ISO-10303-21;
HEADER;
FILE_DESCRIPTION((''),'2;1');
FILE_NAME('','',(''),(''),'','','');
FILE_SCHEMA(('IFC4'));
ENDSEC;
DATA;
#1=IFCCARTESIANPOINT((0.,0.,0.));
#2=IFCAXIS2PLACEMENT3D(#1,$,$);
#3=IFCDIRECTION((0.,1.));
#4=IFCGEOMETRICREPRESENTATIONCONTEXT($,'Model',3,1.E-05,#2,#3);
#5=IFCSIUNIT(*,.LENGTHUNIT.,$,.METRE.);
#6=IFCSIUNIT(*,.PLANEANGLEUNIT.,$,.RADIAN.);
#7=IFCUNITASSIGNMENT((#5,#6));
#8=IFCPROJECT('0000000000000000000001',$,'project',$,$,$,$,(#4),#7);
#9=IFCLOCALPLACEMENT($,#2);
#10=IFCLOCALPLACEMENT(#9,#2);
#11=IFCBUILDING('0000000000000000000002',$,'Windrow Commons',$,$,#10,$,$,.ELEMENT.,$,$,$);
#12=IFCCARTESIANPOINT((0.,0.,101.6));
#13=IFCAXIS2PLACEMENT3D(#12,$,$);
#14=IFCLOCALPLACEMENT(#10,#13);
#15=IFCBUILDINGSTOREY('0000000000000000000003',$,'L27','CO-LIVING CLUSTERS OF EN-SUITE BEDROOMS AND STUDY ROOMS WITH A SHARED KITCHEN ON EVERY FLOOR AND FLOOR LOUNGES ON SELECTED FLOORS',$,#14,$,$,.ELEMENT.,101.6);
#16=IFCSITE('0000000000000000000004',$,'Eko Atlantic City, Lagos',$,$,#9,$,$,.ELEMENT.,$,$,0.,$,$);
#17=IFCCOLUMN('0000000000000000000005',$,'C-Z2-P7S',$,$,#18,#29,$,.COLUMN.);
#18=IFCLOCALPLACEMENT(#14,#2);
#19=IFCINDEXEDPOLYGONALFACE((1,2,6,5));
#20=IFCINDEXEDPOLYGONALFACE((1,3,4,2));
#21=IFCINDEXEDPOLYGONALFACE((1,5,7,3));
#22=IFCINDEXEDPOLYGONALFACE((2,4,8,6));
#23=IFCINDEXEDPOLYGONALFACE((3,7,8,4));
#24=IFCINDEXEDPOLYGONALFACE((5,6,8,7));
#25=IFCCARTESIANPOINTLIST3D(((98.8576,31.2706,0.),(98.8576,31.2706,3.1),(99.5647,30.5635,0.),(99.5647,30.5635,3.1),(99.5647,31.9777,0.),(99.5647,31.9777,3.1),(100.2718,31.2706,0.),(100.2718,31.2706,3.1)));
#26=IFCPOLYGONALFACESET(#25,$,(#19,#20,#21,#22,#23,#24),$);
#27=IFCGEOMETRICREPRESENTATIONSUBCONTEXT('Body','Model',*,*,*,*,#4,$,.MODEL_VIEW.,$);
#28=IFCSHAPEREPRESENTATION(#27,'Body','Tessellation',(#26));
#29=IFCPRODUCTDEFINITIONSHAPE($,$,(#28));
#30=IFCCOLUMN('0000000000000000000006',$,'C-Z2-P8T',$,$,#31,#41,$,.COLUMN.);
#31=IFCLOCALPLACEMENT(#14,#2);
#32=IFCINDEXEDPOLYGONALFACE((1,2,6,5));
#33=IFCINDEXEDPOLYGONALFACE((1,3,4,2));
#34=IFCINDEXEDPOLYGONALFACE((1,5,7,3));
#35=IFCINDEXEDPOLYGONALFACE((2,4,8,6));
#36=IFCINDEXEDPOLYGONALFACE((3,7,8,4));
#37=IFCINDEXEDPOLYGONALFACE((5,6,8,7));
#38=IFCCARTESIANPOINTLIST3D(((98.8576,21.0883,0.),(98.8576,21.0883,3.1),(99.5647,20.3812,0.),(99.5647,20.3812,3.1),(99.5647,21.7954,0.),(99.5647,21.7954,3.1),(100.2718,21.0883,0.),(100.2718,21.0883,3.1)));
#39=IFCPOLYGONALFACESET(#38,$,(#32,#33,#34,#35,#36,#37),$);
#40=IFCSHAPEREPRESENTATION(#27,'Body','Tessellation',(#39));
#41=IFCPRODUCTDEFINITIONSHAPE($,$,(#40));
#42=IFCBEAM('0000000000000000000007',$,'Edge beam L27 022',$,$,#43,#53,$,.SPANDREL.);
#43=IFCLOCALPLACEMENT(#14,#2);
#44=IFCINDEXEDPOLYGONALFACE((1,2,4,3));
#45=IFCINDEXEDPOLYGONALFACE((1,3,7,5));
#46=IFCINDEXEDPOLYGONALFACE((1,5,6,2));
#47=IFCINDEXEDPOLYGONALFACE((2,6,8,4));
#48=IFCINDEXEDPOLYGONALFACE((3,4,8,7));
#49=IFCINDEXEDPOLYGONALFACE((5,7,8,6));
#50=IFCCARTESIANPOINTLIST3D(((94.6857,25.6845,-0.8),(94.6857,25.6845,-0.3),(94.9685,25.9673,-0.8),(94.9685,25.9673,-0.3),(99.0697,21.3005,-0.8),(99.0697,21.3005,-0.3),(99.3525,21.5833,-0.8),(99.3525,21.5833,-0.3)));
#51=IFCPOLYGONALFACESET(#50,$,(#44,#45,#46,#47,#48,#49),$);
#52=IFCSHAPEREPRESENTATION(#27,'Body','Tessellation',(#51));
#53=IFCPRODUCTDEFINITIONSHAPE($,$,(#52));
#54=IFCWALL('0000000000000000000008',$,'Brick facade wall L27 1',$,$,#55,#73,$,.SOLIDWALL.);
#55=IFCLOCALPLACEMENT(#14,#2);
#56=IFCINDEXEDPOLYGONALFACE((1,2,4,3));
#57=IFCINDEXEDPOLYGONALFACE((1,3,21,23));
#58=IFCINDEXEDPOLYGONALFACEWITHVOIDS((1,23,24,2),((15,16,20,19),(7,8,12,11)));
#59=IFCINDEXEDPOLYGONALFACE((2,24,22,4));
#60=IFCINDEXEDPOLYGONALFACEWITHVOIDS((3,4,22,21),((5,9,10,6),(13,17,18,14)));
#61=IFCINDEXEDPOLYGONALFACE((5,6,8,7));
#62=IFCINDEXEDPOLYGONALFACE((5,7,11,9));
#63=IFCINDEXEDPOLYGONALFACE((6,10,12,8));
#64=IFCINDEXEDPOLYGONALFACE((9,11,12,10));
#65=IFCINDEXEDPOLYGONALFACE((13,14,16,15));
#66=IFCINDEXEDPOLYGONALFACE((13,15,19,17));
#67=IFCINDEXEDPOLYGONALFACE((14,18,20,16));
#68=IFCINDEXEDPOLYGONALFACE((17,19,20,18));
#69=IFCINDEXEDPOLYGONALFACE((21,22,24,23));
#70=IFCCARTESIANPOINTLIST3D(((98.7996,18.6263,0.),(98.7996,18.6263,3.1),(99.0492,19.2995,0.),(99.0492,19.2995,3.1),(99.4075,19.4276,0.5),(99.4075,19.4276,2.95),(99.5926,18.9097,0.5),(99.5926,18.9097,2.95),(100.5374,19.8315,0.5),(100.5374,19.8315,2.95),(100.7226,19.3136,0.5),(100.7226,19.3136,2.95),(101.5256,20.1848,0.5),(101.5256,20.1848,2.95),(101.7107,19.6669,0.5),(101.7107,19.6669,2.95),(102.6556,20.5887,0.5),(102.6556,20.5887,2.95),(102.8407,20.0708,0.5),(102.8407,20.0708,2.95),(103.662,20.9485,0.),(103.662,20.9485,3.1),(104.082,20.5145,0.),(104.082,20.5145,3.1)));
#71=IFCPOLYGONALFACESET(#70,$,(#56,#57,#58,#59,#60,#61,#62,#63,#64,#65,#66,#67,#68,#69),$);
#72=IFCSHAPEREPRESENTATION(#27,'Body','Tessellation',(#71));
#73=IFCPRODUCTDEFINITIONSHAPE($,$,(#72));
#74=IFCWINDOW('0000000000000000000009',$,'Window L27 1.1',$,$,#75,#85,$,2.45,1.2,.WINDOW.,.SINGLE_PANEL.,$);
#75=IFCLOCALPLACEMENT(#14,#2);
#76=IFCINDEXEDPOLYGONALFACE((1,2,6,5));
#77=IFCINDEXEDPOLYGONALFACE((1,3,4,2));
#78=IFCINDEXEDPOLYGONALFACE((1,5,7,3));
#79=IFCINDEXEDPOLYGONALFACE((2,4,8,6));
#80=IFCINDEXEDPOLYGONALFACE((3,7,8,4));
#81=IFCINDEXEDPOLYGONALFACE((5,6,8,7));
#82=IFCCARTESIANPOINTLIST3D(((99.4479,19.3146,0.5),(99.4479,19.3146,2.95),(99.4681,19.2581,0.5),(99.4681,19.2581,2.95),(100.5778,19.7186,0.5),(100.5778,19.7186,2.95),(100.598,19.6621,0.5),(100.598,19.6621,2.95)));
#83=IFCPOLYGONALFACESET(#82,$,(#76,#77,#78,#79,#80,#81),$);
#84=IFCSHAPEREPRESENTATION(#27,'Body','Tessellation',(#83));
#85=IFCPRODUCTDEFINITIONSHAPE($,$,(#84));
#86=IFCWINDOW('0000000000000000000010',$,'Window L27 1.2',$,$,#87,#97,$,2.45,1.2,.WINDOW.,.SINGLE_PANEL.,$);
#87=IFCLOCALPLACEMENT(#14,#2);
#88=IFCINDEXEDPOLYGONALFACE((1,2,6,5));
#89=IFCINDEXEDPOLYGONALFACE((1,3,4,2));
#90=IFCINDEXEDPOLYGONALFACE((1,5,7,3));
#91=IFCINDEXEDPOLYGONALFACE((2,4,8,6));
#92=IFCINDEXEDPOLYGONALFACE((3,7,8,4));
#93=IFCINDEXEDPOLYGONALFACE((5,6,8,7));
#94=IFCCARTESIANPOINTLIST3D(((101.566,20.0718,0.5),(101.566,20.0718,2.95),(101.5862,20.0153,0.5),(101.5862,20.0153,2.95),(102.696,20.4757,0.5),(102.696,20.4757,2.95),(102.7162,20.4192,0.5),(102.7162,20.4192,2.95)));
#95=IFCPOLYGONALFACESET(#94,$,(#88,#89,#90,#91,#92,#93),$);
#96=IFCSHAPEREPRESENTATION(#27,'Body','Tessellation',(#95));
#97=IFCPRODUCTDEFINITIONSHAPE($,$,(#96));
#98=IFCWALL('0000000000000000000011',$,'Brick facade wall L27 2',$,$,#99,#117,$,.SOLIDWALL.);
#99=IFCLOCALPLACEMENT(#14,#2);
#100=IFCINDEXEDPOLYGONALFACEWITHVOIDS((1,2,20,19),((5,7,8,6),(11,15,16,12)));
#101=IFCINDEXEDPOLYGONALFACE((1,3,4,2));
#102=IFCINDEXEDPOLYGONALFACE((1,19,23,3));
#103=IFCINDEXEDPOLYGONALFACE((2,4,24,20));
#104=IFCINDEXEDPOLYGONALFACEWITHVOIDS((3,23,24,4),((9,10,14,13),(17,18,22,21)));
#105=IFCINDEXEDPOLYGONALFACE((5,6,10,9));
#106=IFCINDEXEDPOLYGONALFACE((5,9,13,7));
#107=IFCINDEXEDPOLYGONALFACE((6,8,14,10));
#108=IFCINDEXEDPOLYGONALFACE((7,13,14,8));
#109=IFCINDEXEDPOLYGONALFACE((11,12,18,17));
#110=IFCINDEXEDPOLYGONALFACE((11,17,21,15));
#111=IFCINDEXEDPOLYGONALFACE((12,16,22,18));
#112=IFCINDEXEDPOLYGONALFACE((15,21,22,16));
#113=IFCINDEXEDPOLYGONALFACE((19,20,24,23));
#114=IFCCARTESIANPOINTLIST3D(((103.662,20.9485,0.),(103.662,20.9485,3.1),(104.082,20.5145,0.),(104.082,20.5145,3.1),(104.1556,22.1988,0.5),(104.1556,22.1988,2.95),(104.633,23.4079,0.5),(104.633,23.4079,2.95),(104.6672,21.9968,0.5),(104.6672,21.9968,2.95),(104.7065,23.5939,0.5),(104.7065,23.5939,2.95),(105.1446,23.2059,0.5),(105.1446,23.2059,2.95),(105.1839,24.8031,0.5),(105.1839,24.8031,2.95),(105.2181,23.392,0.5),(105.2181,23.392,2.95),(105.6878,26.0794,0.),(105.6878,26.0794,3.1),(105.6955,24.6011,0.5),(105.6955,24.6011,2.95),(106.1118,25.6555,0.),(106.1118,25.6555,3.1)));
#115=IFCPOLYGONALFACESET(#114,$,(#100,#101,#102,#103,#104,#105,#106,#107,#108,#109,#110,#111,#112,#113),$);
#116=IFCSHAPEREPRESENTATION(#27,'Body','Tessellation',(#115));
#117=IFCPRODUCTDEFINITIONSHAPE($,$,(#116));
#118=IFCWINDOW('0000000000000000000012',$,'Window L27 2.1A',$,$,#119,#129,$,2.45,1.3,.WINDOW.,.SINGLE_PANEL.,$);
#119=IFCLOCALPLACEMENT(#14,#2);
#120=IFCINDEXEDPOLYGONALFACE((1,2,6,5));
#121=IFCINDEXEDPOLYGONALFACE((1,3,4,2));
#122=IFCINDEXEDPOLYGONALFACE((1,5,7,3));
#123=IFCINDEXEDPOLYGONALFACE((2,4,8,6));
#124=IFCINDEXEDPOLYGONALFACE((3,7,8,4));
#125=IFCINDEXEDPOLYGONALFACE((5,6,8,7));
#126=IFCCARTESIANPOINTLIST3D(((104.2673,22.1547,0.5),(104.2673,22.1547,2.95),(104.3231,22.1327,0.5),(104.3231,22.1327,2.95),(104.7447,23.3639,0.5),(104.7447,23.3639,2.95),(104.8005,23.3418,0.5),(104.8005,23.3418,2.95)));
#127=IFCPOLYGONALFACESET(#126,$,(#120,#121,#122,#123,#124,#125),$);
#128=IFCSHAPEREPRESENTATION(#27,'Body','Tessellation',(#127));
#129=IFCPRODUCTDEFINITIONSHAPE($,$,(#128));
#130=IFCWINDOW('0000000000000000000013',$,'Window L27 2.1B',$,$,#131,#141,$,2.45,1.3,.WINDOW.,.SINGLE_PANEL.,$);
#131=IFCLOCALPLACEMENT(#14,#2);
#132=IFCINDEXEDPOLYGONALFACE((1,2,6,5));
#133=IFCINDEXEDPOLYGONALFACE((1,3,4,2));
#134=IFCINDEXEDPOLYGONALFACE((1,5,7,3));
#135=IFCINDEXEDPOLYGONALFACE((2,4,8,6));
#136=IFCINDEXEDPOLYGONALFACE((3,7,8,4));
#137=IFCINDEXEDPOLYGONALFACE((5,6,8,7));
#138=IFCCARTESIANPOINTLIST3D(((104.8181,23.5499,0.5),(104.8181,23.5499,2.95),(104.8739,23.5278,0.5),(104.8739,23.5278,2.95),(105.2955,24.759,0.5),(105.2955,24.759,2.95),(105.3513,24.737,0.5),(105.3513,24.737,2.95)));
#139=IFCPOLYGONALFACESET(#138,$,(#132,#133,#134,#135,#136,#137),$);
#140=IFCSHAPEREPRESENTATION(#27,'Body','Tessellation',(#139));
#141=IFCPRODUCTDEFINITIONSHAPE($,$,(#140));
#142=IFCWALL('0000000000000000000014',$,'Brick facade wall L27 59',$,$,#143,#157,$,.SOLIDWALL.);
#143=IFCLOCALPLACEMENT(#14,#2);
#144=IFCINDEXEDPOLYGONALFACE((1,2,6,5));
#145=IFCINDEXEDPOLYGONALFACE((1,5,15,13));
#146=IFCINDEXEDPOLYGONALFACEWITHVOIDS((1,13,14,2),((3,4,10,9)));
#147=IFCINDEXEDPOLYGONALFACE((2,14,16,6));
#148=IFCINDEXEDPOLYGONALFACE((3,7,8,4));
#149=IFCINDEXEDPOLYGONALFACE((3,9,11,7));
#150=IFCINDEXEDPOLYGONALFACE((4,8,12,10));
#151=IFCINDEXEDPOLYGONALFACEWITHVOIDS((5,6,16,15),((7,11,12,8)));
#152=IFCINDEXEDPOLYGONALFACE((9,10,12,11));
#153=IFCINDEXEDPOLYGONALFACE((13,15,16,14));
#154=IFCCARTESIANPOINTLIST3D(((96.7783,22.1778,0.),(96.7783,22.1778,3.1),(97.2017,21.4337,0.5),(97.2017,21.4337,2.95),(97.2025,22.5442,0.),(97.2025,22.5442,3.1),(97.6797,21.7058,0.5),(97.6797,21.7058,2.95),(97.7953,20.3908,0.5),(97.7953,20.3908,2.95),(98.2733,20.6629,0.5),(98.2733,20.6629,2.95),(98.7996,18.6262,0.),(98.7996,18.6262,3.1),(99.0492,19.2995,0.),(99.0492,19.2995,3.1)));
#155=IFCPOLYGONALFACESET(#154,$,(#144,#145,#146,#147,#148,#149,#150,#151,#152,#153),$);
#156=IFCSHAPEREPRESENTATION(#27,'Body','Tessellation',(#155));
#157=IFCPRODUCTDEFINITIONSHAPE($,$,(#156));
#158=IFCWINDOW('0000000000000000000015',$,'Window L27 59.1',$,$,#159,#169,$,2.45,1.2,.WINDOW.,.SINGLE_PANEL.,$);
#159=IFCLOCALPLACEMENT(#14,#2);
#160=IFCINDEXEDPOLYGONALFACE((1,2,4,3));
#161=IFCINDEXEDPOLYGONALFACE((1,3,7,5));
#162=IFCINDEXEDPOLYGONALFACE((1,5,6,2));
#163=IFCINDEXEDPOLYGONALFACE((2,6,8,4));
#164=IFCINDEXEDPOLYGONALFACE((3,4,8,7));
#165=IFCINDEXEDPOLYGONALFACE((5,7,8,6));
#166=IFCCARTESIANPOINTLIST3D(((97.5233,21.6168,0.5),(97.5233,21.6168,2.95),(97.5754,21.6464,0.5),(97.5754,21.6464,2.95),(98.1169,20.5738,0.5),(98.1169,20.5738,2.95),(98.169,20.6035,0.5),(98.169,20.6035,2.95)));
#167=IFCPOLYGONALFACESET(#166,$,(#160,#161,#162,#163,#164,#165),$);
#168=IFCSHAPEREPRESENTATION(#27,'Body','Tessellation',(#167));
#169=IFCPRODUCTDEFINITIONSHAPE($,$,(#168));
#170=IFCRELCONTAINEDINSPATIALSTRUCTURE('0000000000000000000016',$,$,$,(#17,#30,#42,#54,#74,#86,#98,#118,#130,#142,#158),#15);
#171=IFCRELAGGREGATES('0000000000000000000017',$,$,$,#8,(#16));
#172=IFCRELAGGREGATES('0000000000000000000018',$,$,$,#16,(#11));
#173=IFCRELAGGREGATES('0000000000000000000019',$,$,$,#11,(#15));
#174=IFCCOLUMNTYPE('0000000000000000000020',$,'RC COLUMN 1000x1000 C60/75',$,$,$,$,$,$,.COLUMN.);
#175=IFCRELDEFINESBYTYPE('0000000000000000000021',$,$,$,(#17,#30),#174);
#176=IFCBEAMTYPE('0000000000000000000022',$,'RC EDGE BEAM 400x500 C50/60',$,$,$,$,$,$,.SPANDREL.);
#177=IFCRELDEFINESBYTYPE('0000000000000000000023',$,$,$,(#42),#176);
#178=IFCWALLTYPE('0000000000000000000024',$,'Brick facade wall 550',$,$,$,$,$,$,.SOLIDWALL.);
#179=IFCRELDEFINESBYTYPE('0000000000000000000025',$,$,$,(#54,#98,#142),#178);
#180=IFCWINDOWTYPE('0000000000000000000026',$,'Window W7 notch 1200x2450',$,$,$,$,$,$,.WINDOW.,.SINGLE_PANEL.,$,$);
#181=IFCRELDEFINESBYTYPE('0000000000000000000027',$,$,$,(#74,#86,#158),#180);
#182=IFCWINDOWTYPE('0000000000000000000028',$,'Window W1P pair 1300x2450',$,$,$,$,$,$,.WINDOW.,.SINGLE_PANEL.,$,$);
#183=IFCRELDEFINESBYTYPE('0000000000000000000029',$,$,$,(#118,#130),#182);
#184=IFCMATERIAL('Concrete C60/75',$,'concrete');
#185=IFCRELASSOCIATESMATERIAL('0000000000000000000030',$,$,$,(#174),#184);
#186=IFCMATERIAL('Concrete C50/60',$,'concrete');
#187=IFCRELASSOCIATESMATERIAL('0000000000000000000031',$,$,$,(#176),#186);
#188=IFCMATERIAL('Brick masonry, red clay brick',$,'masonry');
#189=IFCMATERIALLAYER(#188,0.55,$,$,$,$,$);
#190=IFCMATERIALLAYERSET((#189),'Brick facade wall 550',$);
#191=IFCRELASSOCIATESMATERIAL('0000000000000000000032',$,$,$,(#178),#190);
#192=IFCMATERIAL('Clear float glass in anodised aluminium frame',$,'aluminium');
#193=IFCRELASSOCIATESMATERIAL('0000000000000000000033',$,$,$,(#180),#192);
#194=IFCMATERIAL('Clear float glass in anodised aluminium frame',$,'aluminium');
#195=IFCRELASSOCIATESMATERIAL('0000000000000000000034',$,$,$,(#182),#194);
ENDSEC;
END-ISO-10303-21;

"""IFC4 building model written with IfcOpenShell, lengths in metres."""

from ifc_helpers import new_model, si_unit, direction, frame, frame_2d, origin, origin_2d, place, context, subcontext, project, spatial, polyline, rectangle, outline, extrude, material, layer, layer_set, material_profile, profile_set, type_object, element, fill, save


model = new_model("IFC4")

# Units and contexts
model_context = context("Model", 3, precision=1e-05, world=origin(), true_north=direction((0.0, 1.0)))
body_context = subcontext(model_context, "Body", "Model", "MODEL_VIEW")
ifc_project = project(units=[si_unit("LENGTHUNIT", "METRE"), si_unit("PLANEANGLEUNIT", "RADIAN")], contexts=[model_context])

# Site, building, storey
site_placement = place(None, origin())
site = spatial("IfcSite", under=ifc_project, at=site_placement, Name="Eko Atlantic City, Lagos", CompositionType="ELEMENT", RefElevation=0.0)
building_placement = place(site_placement, origin())
building = spatial("IfcBuilding", under=site, at=building_placement, Name="Windrow Commons", CompositionType="ELEMENT")
storey_placement = place(building_placement, frame((0.0, 0.0, 101.6)))
storey = spatial("IfcBuildingStorey", under=building, at=storey_placement, Name="L27", Description="CO-LIVING CLUSTERS OF EN-SUITE BEDROOMS AND STUDY ROOMS WITH A SHARED KITCHEN ON EVERY FLOOR AND FLOOR LOUNGES ON SELECTED FLOORS", CompositionType="ELEMENT", Elevation=101.6)

# Columns
ifc_material_1 = material(Name="Concrete C60/75", Category="concrete")
ifc_material_profile_1 = material_profile(ifc_material_1, rectangle(XDim=1.0, YDim=1.0, at=origin_2d()))
ifc_profile_set_1 = profile_set([ifc_material_profile_1], Name="Concrete C60/75")
column_type = type_object("IfcColumnType", Name="RC COLUMN 1000x1000 C60/75", PredefinedType="COLUMN", material=ifc_profile_set_1)
for number, where, z_axis, x_axis, name in (
    (1, (99.5647, 31.2706, 0.0), (0.0, 0.0, 1.0), (0.707107, -0.707107, 0.0), "C-Z2-P7S"),
    (2, (99.5647, 21.0883, 0.0), (0.0, 0.0, 1.0), (0.707107, -0.707107, 0.0), "C-Z2-P8T"),
):
    element("IfcColumn", number, at=place(storey_placement, frame(where, z_axis=z_axis, x_axis=x_axis)), inside=storey, type_object=column_type, Name=name, PredefinedType="COLUMN", context=body_context, shape_type="SweptSolid", body=[
        extrude(rectangle(XDim=1.0, YDim=1.0, at=origin_2d()), origin(), (0.0, 0.0, 1.0), 3.1),
    ])

# Beam
ifc_material_2 = material(Name="Concrete C50/60", Category="concrete")
ifc_material_profile_2 = material_profile(ifc_material_2, rectangle(XDim=0.4, YDim=0.5, at=origin_2d()))
ifc_profile_set_2 = profile_set([ifc_material_profile_2], Name="Concrete C50/60")
beam_type = type_object("IfcBeamType", Name="RC EDGE BEAM 400x500 C50/60", PredefinedType="SPANDREL", material=ifc_profile_set_2)
beam_placement = place(storey_placement, frame((99.2111, 21.4419, -0.55), z_axis=(-0.707107, 0.707107, 0.0), x_axis=(-0.707107, -0.707107, 0.0)))
element("IfcBeam", 3, at=beam_placement, inside=storey, type_object=beam_type, Name="Edge beam L27 022", PredefinedType="SPANDREL", context=body_context, shape_type="SweptSolid", body=[
    extrude(rectangle(XDim=0.4, YDim=0.5, at=origin_2d()), origin(), (0.0, 0.0, 1.0), 6.1999),
])

# Walls, openings, windows
ifc_material_3 = material(Name="Brick masonry, red clay brick", Category="masonry")
ifc_layer_1 = layer(ifc_material_3, 0.55)
ifc_layer_set_1 = layer_set([ifc_layer_1], Name="Brick facade wall 550")
wall_type_1 = type_object("IfcWallType", Name="Brick facade wall 550", PredefinedType="SOLIDWALL", material=ifc_layer_set_1)
wall_1_placement = place(storey_placement, frame((98.9244, 18.9629, 0.0), z_axis=(0.0, 0.0, 1.0), x_axis=(0.941645, 0.336606, 0.0)))
wall_1 = element("IfcWall", 4, at=wall_1_placement, inside=storey, type_object=wall_type_1, Name="Brick facade wall L27 1", PredefinedType="SOLIDWALL", context=body_context, shape_type="SweptSolid", body=[
    extrude(outline(polyline([(-0.2308, -0.275), (5.3789, -0.275), (5.1295, 0.275), (0.2308, 0.275), (-0.2308, -0.275)])), origin(), (0.0, 0.0, 1.0), 3.1),
])
opening_1_placement = place(wall_1_placement, frame((0.6113, 0.0, 0.5)))
opening_1 = element("IfcOpeningElement", 5, at=opening_1_placement, cuts=wall_1, PredefinedType="OPENING", context=body_context, shape_type="SweptSolid", body=[
    extrude(rectangle(XDim=1.2, YDim=2.45, at=frame_2d((0.6, 1.225))), frame((0.0, 0.285, 0.0), z_axis=(0.0, -1.0, 0.0), x_axis=(1.0, 0.0, 0.0)), (0.0, 0.0, 1.0), 0.57),
])
opening_2_placement = place(wall_1_placement, frame((2.8607, 0.0, 0.5)))
opening_2 = element("IfcOpeningElement", 6, at=opening_2_placement, cuts=wall_1, PredefinedType="OPENING", context=body_context, shape_type="SweptSolid", body=[
    extrude(rectangle(XDim=1.2, YDim=2.45, at=frame_2d((0.6, 1.225))), frame((0.0, 0.285, 0.0), z_axis=(0.0, -1.0, 0.0), x_axis=(1.0, 0.0, 0.0)), (0.0, 0.0, 1.0), 0.57),
])
ifc_material_4 = material(Name="Clear float glass in anodised aluminium frame", Category="aluminium")
window_type_1 = type_object("IfcWindowType", Name="Window W7 notch 1200x2450", PartitioningType="SINGLE_PANEL", PredefinedType="WINDOW", material=ifc_material_4)
window_1_placement = place(opening_1_placement, origin())
window_1 = element("IfcWindow", 7, at=window_1_placement, inside=storey, type_object=window_type_1, Name="Window L27 1.1", OverallHeight=2.45, OverallWidth=1.2, PartitioningType="SINGLE_PANEL", PredefinedType="WINDOW", context=body_context, shape_type="SweptSolid", body=[
    extrude(rectangle(XDim=1.2, YDim=2.45, at=frame_2d((0.6, 1.225))), frame((0.0, 0.155, 0.0), z_axis=(0.0, -1.0, 0.0), x_axis=(1.0, 0.0, 0.0)), (0.0, 0.0, 1.0), 0.06),
])
fill(opening_1, window_1)
window_2_placement = place(opening_2_placement, origin())
window_2 = element("IfcWindow", 8, at=window_2_placement, inside=storey, type_object=window_type_1, Name="Window L27 1.2", OverallHeight=2.45, OverallWidth=1.2, PartitioningType="SINGLE_PANEL", PredefinedType="WINDOW", context=body_context, shape_type="SweptSolid", body=[
    extrude(rectangle(XDim=1.2, YDim=2.45, at=frame_2d((0.6, 1.225))), frame((0.0, 0.155, 0.0), z_axis=(0.0, -1.0, 0.0), x_axis=(1.0, 0.0, 0.0)), (0.0, 0.0, 1.0), 0.06),
])
fill(opening_2, window_2)
wall_2_placement = place(storey_placement, frame((103.872, 20.7315, 0.0), z_axis=(0.0, 0.0, 1.0), x_axis=(0.367234, 0.930129, 0.0)))
wall_2 = element("IfcWall", 9, at=wall_2_placement, inside=storey, type_object=wall_type_1, Name="Brick facade wall L27 2", PredefinedType="SOLIDWALL", context=body_context, shape_type="SweptSolid", body=[
    extrude(outline(polyline([(-0.1247, -0.275), (5.4025, -0.275), (5.6411, 0.275), (0.1247, 0.275), (-0.1247, -0.275)])), origin(), (0.0, 0.0, 1.0), 3.1),
])
opening_3_placement = place(wall_2_placement, frame((1.4689, 0.0, 0.5)))
opening_3 = element("IfcOpeningElement", 10, at=opening_3_placement, cuts=wall_2, PredefinedType="OPENING", context=body_context, shape_type="SweptSolid", body=[
    extrude(rectangle(XDim=1.3, YDim=2.45, at=frame_2d((0.65, 1.225))), frame((0.0, 0.285, 0.0), z_axis=(0.0, -1.0, 0.0), x_axis=(1.0, 0.0, 0.0)), (0.0, 0.0, 1.0), 0.57),
])
opening_4_placement = place(wall_2_placement, frame((2.9689, 0.0, 0.5)))
opening_4 = element("IfcOpeningElement", 11, at=opening_4_placement, cuts=wall_2, PredefinedType="OPENING", context=body_context, shape_type="SweptSolid", body=[
    extrude(rectangle(XDim=1.3, YDim=2.45, at=frame_2d((0.65, 1.225))), frame((0.0, 0.285, 0.0), z_axis=(0.0, -1.0, 0.0), x_axis=(1.0, 0.0, 0.0)), (0.0, 0.0, 1.0), 0.57),
])
ifc_material_5 = material(Name="Clear float glass in anodised aluminium frame", Category="aluminium")
window_type_2 = type_object("IfcWindowType", Name="Window W1P pair 1300x2450", PartitioningType="SINGLE_PANEL", PredefinedType="WINDOW", material=ifc_material_5)
window_3_placement = place(opening_3_placement, origin())
window_3 = element("IfcWindow", 12, at=window_3_placement, inside=storey, type_object=window_type_2, Name="Window L27 2.1A", OverallHeight=2.45, OverallWidth=1.3, PartitioningType="SINGLE_PANEL", PredefinedType="WINDOW", context=body_context, shape_type="SweptSolid", body=[
    extrude(rectangle(XDim=1.3, YDim=2.45, at=frame_2d((0.65, 1.225))), frame((0.0, 0.155, 0.0), z_axis=(0.0, -1.0, 0.0), x_axis=(1.0, 0.0, 0.0)), (0.0, 0.0, 1.0), 0.06),
])
fill(opening_3, window_3)
window_4_placement = place(opening_4_placement, origin())
window_4 = element("IfcWindow", 13, at=window_4_placement, inside=storey, type_object=window_type_2, Name="Window L27 2.1B", OverallHeight=2.45, OverallWidth=1.3, PartitioningType="SINGLE_PANEL", PredefinedType="WINDOW", context=body_context, shape_type="SweptSolid", body=[
    extrude(rectangle(XDim=1.3, YDim=2.45, at=frame_2d((0.65, 1.225))), frame((0.0, 0.155, 0.0), z_axis=(0.0, -1.0, 0.0), x_axis=(1.0, 0.0, 0.0)), (0.0, 0.0, 1.0), 0.06),
])
fill(opening_4, window_4)

# Wall, opening, window
wall_3_placement = place(storey_placement, frame((96.9904, 22.361, 0.0), z_axis=(0.0, 0.0, 1.0), x_axis=(0.49464, -0.869098, 0.0)))
wall_3 = element("IfcWall", 14, at=wall_3_placement, inside=storey, type_object=wall_type_1, Name="Brick facade wall L27 59", PredefinedType="SOLIDWALL", context=body_context, shape_type="SweptSolid", body=[
    extrude(outline(polyline([(0.0543, -0.275), (4.1408, -0.275), (3.6791, 0.275), (-0.0543, 0.275), (0.0543, -0.275)])), origin(), (0.0, 0.0, 1.0), 3.1),
])
opening_5_placement = place(wall_3_placement, frame((0.9104, 0.0, 0.5)))
opening_5 = element("IfcOpeningElement", 15, at=opening_5_placement, cuts=wall_3, PredefinedType="OPENING", context=body_context, shape_type="SweptSolid", body=[
    extrude(rectangle(XDim=1.2, YDim=2.45, at=frame_2d((0.6, 1.225))), frame((0.0, 0.285, 0.0), z_axis=(0.0, -1.0, 0.0), x_axis=(1.0, 0.0, 0.0)), (0.0, 0.0, 1.0), 0.57),
])
window_5_placement = place(opening_5_placement, origin())
window_5 = element("IfcWindow", 16, at=window_5_placement, inside=storey, type_object=window_type_1, Name="Window L27 59.1", OverallHeight=2.45, OverallWidth=1.2, PartitioningType="SINGLE_PANEL", PredefinedType="WINDOW", context=body_context, shape_type="SweptSolid", body=[
    extrude(rectangle(XDim=1.2, YDim=2.45, at=frame_2d((0.6, 1.225))), frame((0.0, 0.155, 0.0), z_axis=(0.0, -1.0, 0.0), x_axis=(1.0, 0.0, 0.0)), (0.0, 0.0, 1.0), 0.06),
])
fill(opening_5, window_5)

save(model, "model.ifc")
